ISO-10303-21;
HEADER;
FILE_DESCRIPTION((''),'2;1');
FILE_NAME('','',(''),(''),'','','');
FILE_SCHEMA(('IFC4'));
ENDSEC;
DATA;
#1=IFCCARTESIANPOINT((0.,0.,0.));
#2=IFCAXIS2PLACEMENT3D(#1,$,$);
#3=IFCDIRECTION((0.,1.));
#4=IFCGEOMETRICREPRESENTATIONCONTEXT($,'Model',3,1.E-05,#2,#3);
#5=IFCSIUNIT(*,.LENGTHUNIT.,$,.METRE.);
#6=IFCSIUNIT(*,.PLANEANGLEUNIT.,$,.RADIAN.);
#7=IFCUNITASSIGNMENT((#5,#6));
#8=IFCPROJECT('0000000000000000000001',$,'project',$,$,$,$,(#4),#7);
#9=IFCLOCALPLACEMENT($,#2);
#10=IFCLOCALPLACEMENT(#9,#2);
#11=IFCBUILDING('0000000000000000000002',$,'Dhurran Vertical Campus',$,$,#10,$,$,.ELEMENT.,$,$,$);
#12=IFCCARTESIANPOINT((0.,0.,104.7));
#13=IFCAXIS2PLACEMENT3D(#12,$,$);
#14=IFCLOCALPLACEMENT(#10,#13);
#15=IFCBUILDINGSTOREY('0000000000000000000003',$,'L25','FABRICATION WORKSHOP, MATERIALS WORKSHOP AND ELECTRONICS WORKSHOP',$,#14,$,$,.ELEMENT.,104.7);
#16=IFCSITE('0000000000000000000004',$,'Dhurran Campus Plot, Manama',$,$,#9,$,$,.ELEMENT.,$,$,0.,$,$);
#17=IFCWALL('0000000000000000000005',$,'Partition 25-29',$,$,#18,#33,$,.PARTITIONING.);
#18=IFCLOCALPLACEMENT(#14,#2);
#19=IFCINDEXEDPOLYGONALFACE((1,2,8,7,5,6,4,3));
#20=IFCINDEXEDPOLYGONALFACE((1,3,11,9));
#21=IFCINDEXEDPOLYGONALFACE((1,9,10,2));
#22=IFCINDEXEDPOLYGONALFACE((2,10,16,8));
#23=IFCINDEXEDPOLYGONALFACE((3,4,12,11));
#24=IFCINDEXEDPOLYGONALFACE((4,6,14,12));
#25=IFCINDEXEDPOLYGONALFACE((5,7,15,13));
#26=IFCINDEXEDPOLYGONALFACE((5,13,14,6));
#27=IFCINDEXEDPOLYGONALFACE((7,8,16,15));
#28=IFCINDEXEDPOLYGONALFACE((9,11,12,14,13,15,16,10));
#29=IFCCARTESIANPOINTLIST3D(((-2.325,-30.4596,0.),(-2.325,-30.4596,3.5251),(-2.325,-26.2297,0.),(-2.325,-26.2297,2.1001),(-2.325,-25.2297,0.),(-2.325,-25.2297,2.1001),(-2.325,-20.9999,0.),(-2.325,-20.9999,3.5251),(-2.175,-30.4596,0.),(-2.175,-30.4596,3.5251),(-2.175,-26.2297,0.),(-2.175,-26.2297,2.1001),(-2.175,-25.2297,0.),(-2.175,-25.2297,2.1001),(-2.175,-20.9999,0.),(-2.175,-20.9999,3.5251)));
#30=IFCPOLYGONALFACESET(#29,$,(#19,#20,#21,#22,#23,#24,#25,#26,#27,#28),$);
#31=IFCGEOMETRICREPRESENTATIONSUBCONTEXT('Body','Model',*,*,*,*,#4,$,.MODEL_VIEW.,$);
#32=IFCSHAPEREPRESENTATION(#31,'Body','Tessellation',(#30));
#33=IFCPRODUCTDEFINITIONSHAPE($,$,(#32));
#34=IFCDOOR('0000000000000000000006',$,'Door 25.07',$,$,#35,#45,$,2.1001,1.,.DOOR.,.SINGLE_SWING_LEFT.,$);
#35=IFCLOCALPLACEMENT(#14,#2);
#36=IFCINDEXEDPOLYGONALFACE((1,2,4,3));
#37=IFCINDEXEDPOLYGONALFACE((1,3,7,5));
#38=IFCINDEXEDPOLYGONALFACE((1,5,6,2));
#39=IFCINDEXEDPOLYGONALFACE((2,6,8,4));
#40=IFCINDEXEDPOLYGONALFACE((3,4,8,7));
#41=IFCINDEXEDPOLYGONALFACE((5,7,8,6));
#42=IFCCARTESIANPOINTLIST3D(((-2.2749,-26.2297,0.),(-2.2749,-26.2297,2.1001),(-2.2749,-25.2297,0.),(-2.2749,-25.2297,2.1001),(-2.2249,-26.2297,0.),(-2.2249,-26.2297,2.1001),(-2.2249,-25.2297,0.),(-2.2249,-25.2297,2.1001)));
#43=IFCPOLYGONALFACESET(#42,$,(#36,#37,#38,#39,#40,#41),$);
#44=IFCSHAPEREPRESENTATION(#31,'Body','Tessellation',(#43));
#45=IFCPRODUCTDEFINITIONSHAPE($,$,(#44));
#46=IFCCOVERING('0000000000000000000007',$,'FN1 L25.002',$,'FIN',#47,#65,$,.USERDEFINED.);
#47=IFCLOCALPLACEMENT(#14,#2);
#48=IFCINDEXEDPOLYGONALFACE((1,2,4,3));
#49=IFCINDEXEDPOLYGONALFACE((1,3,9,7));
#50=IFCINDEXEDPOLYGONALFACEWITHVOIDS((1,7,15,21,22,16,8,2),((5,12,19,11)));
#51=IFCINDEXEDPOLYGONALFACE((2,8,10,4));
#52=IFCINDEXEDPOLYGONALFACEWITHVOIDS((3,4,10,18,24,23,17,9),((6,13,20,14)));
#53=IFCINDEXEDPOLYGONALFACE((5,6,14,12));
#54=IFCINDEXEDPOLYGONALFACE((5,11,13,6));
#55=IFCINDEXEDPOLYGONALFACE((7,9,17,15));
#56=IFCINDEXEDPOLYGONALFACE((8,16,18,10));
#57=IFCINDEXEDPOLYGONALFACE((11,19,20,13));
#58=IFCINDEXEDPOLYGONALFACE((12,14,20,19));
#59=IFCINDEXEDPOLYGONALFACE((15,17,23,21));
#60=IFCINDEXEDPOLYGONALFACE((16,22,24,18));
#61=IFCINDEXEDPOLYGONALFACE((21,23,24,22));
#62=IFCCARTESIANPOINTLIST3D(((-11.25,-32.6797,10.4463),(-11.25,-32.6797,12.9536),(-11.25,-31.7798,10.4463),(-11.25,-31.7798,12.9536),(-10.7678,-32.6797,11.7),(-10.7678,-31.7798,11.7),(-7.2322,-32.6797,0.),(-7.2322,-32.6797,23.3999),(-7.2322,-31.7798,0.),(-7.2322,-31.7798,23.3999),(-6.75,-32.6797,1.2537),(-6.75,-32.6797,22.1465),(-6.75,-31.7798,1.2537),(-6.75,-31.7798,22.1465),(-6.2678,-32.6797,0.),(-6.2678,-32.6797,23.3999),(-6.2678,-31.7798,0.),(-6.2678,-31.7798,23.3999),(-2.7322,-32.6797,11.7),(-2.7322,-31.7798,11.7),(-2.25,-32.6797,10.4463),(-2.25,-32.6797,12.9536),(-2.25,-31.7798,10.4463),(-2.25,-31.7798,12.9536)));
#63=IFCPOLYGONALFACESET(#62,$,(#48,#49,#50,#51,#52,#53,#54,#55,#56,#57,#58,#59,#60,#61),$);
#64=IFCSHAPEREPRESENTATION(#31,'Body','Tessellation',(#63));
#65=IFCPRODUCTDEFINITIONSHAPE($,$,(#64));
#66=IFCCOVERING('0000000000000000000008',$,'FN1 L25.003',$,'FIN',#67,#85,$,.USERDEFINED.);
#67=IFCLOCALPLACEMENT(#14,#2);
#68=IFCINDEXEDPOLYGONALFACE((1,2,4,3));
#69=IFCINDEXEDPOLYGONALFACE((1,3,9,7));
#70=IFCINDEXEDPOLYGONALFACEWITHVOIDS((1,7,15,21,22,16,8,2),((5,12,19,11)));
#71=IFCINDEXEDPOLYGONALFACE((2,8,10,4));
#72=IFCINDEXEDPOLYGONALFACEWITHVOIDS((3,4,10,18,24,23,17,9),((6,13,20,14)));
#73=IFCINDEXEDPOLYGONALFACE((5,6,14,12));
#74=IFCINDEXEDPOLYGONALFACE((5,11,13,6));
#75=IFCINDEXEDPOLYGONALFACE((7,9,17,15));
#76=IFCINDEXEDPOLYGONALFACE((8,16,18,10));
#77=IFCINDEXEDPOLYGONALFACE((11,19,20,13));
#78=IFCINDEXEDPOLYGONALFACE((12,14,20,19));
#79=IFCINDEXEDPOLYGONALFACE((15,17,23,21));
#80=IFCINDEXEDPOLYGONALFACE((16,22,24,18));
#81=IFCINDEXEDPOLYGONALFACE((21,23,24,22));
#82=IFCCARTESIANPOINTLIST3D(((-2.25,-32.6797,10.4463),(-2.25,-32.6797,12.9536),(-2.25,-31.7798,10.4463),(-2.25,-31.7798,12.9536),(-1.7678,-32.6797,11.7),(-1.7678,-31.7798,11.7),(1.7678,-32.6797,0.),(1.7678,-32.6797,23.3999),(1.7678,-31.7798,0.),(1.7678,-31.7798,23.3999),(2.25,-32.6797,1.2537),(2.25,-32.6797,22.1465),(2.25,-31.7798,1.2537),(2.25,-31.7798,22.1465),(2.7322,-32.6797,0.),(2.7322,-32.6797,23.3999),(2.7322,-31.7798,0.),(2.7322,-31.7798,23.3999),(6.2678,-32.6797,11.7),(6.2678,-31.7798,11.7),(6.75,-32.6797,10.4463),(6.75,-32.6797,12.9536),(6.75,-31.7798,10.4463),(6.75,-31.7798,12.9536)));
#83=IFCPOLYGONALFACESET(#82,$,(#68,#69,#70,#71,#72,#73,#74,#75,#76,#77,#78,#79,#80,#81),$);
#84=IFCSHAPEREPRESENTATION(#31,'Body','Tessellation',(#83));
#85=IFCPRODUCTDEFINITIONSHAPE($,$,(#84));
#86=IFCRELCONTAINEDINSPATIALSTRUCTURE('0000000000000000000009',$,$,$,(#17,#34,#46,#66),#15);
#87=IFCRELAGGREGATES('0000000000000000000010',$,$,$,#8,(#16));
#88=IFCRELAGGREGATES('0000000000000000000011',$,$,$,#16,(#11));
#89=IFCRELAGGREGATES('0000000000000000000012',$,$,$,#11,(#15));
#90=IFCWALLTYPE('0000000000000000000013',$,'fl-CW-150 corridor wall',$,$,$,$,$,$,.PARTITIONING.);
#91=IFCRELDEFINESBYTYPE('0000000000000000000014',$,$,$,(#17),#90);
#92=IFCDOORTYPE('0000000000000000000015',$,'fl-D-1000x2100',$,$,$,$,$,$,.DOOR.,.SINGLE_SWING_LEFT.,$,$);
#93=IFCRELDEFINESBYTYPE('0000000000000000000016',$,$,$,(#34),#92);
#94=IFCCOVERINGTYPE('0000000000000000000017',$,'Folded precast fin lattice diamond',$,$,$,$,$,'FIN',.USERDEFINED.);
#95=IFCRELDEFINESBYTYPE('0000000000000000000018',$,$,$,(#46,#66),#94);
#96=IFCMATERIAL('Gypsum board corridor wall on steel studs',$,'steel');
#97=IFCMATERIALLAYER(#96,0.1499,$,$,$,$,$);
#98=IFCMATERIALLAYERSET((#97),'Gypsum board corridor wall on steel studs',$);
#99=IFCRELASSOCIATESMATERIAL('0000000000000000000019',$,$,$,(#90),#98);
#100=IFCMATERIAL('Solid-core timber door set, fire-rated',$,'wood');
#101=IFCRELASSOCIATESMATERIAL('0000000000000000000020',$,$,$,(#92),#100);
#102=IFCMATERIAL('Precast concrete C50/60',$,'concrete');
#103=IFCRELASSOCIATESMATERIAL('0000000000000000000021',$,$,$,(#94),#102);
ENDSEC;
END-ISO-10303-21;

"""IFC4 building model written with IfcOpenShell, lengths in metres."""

from ifc_helpers import new_model, si_unit, direction, frame, frame_2d, origin, place, context, subcontext, project, spatial, polyline, rectangle, outline, extrude, material, layer, layer_set, type_object, element, fill, save


model = new_model("IFC4")

# Units and contexts
model_context = context("Model", 3, precision=1e-05, world=origin(), true_north=direction((0.0, 1.0)))
body_context = subcontext(model_context, "Body", "Model", "MODEL_VIEW")
ifc_project = project(units=[si_unit("LENGTHUNIT", "METRE"), si_unit("PLANEANGLEUNIT", "RADIAN")], contexts=[model_context])

# Site, building, storey
site_placement = place(None, origin())
site = spatial("IfcSite", under=ifc_project, at=site_placement, Name="Dhurran Campus Plot, Manama", CompositionType="ELEMENT", RefElevation=0.0)
building_placement = place(site_placement, origin())
building = spatial("IfcBuilding", under=site, at=building_placement, Name="Dhurran Vertical Campus", CompositionType="ELEMENT")
storey_placement = place(building_placement, frame((0.0, 0.0, 104.7)))
storey = spatial("IfcBuildingStorey", under=building, at=storey_placement, Name="L25", Description="FABRICATION WORKSHOP, MATERIALS WORKSHOP AND ELECTRONICS WORKSHOP", CompositionType="ELEMENT", Elevation=104.7)

# Wall, opening, door
ifc_material_1 = material(Name="Gypsum board corridor wall on steel studs", Category="steel")
ifc_layer_1 = layer(ifc_material_1, 0.1499)
ifc_layer_set_1 = layer_set([ifc_layer_1], Name="Gypsum board corridor wall on steel studs")
wall_type_1 = type_object("IfcWallType", Name="fl-CW-150 corridor wall", PredefinedType="PARTITIONING", material=ifc_layer_set_1)
wall_1_placement = place(storey_placement, frame((-2.25, -30.4597, 0.0), z_axis=(0.0, 0.0, 1.0), x_axis=(0.0, 1.0, 0.0)))
wall_1 = element("IfcWall", 1, at=wall_1_placement, inside=storey, type_object=wall_type_1, Name="Partition 25-29", PredefinedType="PARTITIONING", context=body_context, shape_type="SweptSolid", body=[
    extrude(rectangle(XDim=9.4597, YDim=0.1499, at=frame_2d((4.73, 0.0))), origin(), (0.0, 0.0, 1.0), 3.5251),
])
opening_1_placement = place(wall_1_placement, frame((4.23, 0.0, 0.0)))
opening_1 = element("IfcOpeningElement", 2, at=opening_1_placement, cuts=wall_1, PredefinedType="OPENING", context=body_context, shape_type="SweptSolid", body=[
    extrude(rectangle(XDim=1.0, YDim=2.1001, at=frame_2d((0.5, 1.05))), frame((0.0, 0.085, 0.0), z_axis=(0.0, -1.0, 0.0), x_axis=(1.0, 0.0, 0.0)), (0.0, 0.0, 1.0), 0.1699),
])
ifc_material_2 = material(Name="Solid-core timber door set, fire-rated", Category="wood")
door_type = type_object("IfcDoorType", Name="fl-D-1000x2100", OperationType="SINGLE_SWING_LEFT", PredefinedType="DOOR", material=ifc_material_2)
door_placement = place(opening_1_placement, origin())
door = element("IfcDoor", 3, at=door_placement, inside=storey, type_object=door_type, Name="Door 25.07", OperationType="SINGLE_SWING_LEFT", OverallHeight=2.1001, OverallWidth=1.0, PredefinedType="DOOR", context=body_context, shape_type="SweptSolid", body=[
    extrude(rectangle(XDim=1.0, YDim=2.1001, at=frame_2d((0.5, 1.05))), frame((0.0, 0.0249, 0.0), z_axis=(0.0, -1.0, 0.0), x_axis=(1.0, 0.0, 0.0)), (0.0, 0.0, 1.0), 0.05),
])
fill(opening_1, door)

# Coverings
ifc_material_3 = material(Name="Precast concrete C50/60", Category="concrete")
covering_type = type_object("IfcCoveringType", Name="Folded precast fin lattice diamond", ElementType="FIN", PredefinedType="USERDEFINED", material=ifc_material_3)
for number, where, z_axis, x_axis, name in (
    (4, (-11.25, -31.7798, 0.0), (0.0, -1.0, 0.0), (1.0, 0.0, 0.0), "FN1 L25.002"),
    (5, (-2.25, -31.7798, 0.0), (0.0, -1.0, 0.0), (1.0, 0.0, 0.0), "FN1 L25.003"),
):
    element("IfcCovering", number, at=place(storey_placement, frame(where, z_axis=z_axis, x_axis=x_axis)), inside=storey, type_object=covering_type, Name=name, ObjectType="FIN", PredefinedType="USERDEFINED", context=body_context, shape_type="SweptSolid", body=[
        extrude(outline(polyline([(9.0, 12.9536), (9.0, 10.4463), (4.9822, 0.0), (4.0178, 0.0), (0.0, 10.4463), (0.0, 12.9536), (4.0178, 23.3999), (4.9822, 23.3999), (9.0, 12.9536)]), holes=[polyline([(8.5178, 11.7), (4.5, 22.1465), (0.4822, 11.7), (4.5, 1.2537), (8.5178, 11.7)])]), origin(), (0.0, 0.0, 1.0), 0.8999),
    ])

save(model, "model.ifc")
